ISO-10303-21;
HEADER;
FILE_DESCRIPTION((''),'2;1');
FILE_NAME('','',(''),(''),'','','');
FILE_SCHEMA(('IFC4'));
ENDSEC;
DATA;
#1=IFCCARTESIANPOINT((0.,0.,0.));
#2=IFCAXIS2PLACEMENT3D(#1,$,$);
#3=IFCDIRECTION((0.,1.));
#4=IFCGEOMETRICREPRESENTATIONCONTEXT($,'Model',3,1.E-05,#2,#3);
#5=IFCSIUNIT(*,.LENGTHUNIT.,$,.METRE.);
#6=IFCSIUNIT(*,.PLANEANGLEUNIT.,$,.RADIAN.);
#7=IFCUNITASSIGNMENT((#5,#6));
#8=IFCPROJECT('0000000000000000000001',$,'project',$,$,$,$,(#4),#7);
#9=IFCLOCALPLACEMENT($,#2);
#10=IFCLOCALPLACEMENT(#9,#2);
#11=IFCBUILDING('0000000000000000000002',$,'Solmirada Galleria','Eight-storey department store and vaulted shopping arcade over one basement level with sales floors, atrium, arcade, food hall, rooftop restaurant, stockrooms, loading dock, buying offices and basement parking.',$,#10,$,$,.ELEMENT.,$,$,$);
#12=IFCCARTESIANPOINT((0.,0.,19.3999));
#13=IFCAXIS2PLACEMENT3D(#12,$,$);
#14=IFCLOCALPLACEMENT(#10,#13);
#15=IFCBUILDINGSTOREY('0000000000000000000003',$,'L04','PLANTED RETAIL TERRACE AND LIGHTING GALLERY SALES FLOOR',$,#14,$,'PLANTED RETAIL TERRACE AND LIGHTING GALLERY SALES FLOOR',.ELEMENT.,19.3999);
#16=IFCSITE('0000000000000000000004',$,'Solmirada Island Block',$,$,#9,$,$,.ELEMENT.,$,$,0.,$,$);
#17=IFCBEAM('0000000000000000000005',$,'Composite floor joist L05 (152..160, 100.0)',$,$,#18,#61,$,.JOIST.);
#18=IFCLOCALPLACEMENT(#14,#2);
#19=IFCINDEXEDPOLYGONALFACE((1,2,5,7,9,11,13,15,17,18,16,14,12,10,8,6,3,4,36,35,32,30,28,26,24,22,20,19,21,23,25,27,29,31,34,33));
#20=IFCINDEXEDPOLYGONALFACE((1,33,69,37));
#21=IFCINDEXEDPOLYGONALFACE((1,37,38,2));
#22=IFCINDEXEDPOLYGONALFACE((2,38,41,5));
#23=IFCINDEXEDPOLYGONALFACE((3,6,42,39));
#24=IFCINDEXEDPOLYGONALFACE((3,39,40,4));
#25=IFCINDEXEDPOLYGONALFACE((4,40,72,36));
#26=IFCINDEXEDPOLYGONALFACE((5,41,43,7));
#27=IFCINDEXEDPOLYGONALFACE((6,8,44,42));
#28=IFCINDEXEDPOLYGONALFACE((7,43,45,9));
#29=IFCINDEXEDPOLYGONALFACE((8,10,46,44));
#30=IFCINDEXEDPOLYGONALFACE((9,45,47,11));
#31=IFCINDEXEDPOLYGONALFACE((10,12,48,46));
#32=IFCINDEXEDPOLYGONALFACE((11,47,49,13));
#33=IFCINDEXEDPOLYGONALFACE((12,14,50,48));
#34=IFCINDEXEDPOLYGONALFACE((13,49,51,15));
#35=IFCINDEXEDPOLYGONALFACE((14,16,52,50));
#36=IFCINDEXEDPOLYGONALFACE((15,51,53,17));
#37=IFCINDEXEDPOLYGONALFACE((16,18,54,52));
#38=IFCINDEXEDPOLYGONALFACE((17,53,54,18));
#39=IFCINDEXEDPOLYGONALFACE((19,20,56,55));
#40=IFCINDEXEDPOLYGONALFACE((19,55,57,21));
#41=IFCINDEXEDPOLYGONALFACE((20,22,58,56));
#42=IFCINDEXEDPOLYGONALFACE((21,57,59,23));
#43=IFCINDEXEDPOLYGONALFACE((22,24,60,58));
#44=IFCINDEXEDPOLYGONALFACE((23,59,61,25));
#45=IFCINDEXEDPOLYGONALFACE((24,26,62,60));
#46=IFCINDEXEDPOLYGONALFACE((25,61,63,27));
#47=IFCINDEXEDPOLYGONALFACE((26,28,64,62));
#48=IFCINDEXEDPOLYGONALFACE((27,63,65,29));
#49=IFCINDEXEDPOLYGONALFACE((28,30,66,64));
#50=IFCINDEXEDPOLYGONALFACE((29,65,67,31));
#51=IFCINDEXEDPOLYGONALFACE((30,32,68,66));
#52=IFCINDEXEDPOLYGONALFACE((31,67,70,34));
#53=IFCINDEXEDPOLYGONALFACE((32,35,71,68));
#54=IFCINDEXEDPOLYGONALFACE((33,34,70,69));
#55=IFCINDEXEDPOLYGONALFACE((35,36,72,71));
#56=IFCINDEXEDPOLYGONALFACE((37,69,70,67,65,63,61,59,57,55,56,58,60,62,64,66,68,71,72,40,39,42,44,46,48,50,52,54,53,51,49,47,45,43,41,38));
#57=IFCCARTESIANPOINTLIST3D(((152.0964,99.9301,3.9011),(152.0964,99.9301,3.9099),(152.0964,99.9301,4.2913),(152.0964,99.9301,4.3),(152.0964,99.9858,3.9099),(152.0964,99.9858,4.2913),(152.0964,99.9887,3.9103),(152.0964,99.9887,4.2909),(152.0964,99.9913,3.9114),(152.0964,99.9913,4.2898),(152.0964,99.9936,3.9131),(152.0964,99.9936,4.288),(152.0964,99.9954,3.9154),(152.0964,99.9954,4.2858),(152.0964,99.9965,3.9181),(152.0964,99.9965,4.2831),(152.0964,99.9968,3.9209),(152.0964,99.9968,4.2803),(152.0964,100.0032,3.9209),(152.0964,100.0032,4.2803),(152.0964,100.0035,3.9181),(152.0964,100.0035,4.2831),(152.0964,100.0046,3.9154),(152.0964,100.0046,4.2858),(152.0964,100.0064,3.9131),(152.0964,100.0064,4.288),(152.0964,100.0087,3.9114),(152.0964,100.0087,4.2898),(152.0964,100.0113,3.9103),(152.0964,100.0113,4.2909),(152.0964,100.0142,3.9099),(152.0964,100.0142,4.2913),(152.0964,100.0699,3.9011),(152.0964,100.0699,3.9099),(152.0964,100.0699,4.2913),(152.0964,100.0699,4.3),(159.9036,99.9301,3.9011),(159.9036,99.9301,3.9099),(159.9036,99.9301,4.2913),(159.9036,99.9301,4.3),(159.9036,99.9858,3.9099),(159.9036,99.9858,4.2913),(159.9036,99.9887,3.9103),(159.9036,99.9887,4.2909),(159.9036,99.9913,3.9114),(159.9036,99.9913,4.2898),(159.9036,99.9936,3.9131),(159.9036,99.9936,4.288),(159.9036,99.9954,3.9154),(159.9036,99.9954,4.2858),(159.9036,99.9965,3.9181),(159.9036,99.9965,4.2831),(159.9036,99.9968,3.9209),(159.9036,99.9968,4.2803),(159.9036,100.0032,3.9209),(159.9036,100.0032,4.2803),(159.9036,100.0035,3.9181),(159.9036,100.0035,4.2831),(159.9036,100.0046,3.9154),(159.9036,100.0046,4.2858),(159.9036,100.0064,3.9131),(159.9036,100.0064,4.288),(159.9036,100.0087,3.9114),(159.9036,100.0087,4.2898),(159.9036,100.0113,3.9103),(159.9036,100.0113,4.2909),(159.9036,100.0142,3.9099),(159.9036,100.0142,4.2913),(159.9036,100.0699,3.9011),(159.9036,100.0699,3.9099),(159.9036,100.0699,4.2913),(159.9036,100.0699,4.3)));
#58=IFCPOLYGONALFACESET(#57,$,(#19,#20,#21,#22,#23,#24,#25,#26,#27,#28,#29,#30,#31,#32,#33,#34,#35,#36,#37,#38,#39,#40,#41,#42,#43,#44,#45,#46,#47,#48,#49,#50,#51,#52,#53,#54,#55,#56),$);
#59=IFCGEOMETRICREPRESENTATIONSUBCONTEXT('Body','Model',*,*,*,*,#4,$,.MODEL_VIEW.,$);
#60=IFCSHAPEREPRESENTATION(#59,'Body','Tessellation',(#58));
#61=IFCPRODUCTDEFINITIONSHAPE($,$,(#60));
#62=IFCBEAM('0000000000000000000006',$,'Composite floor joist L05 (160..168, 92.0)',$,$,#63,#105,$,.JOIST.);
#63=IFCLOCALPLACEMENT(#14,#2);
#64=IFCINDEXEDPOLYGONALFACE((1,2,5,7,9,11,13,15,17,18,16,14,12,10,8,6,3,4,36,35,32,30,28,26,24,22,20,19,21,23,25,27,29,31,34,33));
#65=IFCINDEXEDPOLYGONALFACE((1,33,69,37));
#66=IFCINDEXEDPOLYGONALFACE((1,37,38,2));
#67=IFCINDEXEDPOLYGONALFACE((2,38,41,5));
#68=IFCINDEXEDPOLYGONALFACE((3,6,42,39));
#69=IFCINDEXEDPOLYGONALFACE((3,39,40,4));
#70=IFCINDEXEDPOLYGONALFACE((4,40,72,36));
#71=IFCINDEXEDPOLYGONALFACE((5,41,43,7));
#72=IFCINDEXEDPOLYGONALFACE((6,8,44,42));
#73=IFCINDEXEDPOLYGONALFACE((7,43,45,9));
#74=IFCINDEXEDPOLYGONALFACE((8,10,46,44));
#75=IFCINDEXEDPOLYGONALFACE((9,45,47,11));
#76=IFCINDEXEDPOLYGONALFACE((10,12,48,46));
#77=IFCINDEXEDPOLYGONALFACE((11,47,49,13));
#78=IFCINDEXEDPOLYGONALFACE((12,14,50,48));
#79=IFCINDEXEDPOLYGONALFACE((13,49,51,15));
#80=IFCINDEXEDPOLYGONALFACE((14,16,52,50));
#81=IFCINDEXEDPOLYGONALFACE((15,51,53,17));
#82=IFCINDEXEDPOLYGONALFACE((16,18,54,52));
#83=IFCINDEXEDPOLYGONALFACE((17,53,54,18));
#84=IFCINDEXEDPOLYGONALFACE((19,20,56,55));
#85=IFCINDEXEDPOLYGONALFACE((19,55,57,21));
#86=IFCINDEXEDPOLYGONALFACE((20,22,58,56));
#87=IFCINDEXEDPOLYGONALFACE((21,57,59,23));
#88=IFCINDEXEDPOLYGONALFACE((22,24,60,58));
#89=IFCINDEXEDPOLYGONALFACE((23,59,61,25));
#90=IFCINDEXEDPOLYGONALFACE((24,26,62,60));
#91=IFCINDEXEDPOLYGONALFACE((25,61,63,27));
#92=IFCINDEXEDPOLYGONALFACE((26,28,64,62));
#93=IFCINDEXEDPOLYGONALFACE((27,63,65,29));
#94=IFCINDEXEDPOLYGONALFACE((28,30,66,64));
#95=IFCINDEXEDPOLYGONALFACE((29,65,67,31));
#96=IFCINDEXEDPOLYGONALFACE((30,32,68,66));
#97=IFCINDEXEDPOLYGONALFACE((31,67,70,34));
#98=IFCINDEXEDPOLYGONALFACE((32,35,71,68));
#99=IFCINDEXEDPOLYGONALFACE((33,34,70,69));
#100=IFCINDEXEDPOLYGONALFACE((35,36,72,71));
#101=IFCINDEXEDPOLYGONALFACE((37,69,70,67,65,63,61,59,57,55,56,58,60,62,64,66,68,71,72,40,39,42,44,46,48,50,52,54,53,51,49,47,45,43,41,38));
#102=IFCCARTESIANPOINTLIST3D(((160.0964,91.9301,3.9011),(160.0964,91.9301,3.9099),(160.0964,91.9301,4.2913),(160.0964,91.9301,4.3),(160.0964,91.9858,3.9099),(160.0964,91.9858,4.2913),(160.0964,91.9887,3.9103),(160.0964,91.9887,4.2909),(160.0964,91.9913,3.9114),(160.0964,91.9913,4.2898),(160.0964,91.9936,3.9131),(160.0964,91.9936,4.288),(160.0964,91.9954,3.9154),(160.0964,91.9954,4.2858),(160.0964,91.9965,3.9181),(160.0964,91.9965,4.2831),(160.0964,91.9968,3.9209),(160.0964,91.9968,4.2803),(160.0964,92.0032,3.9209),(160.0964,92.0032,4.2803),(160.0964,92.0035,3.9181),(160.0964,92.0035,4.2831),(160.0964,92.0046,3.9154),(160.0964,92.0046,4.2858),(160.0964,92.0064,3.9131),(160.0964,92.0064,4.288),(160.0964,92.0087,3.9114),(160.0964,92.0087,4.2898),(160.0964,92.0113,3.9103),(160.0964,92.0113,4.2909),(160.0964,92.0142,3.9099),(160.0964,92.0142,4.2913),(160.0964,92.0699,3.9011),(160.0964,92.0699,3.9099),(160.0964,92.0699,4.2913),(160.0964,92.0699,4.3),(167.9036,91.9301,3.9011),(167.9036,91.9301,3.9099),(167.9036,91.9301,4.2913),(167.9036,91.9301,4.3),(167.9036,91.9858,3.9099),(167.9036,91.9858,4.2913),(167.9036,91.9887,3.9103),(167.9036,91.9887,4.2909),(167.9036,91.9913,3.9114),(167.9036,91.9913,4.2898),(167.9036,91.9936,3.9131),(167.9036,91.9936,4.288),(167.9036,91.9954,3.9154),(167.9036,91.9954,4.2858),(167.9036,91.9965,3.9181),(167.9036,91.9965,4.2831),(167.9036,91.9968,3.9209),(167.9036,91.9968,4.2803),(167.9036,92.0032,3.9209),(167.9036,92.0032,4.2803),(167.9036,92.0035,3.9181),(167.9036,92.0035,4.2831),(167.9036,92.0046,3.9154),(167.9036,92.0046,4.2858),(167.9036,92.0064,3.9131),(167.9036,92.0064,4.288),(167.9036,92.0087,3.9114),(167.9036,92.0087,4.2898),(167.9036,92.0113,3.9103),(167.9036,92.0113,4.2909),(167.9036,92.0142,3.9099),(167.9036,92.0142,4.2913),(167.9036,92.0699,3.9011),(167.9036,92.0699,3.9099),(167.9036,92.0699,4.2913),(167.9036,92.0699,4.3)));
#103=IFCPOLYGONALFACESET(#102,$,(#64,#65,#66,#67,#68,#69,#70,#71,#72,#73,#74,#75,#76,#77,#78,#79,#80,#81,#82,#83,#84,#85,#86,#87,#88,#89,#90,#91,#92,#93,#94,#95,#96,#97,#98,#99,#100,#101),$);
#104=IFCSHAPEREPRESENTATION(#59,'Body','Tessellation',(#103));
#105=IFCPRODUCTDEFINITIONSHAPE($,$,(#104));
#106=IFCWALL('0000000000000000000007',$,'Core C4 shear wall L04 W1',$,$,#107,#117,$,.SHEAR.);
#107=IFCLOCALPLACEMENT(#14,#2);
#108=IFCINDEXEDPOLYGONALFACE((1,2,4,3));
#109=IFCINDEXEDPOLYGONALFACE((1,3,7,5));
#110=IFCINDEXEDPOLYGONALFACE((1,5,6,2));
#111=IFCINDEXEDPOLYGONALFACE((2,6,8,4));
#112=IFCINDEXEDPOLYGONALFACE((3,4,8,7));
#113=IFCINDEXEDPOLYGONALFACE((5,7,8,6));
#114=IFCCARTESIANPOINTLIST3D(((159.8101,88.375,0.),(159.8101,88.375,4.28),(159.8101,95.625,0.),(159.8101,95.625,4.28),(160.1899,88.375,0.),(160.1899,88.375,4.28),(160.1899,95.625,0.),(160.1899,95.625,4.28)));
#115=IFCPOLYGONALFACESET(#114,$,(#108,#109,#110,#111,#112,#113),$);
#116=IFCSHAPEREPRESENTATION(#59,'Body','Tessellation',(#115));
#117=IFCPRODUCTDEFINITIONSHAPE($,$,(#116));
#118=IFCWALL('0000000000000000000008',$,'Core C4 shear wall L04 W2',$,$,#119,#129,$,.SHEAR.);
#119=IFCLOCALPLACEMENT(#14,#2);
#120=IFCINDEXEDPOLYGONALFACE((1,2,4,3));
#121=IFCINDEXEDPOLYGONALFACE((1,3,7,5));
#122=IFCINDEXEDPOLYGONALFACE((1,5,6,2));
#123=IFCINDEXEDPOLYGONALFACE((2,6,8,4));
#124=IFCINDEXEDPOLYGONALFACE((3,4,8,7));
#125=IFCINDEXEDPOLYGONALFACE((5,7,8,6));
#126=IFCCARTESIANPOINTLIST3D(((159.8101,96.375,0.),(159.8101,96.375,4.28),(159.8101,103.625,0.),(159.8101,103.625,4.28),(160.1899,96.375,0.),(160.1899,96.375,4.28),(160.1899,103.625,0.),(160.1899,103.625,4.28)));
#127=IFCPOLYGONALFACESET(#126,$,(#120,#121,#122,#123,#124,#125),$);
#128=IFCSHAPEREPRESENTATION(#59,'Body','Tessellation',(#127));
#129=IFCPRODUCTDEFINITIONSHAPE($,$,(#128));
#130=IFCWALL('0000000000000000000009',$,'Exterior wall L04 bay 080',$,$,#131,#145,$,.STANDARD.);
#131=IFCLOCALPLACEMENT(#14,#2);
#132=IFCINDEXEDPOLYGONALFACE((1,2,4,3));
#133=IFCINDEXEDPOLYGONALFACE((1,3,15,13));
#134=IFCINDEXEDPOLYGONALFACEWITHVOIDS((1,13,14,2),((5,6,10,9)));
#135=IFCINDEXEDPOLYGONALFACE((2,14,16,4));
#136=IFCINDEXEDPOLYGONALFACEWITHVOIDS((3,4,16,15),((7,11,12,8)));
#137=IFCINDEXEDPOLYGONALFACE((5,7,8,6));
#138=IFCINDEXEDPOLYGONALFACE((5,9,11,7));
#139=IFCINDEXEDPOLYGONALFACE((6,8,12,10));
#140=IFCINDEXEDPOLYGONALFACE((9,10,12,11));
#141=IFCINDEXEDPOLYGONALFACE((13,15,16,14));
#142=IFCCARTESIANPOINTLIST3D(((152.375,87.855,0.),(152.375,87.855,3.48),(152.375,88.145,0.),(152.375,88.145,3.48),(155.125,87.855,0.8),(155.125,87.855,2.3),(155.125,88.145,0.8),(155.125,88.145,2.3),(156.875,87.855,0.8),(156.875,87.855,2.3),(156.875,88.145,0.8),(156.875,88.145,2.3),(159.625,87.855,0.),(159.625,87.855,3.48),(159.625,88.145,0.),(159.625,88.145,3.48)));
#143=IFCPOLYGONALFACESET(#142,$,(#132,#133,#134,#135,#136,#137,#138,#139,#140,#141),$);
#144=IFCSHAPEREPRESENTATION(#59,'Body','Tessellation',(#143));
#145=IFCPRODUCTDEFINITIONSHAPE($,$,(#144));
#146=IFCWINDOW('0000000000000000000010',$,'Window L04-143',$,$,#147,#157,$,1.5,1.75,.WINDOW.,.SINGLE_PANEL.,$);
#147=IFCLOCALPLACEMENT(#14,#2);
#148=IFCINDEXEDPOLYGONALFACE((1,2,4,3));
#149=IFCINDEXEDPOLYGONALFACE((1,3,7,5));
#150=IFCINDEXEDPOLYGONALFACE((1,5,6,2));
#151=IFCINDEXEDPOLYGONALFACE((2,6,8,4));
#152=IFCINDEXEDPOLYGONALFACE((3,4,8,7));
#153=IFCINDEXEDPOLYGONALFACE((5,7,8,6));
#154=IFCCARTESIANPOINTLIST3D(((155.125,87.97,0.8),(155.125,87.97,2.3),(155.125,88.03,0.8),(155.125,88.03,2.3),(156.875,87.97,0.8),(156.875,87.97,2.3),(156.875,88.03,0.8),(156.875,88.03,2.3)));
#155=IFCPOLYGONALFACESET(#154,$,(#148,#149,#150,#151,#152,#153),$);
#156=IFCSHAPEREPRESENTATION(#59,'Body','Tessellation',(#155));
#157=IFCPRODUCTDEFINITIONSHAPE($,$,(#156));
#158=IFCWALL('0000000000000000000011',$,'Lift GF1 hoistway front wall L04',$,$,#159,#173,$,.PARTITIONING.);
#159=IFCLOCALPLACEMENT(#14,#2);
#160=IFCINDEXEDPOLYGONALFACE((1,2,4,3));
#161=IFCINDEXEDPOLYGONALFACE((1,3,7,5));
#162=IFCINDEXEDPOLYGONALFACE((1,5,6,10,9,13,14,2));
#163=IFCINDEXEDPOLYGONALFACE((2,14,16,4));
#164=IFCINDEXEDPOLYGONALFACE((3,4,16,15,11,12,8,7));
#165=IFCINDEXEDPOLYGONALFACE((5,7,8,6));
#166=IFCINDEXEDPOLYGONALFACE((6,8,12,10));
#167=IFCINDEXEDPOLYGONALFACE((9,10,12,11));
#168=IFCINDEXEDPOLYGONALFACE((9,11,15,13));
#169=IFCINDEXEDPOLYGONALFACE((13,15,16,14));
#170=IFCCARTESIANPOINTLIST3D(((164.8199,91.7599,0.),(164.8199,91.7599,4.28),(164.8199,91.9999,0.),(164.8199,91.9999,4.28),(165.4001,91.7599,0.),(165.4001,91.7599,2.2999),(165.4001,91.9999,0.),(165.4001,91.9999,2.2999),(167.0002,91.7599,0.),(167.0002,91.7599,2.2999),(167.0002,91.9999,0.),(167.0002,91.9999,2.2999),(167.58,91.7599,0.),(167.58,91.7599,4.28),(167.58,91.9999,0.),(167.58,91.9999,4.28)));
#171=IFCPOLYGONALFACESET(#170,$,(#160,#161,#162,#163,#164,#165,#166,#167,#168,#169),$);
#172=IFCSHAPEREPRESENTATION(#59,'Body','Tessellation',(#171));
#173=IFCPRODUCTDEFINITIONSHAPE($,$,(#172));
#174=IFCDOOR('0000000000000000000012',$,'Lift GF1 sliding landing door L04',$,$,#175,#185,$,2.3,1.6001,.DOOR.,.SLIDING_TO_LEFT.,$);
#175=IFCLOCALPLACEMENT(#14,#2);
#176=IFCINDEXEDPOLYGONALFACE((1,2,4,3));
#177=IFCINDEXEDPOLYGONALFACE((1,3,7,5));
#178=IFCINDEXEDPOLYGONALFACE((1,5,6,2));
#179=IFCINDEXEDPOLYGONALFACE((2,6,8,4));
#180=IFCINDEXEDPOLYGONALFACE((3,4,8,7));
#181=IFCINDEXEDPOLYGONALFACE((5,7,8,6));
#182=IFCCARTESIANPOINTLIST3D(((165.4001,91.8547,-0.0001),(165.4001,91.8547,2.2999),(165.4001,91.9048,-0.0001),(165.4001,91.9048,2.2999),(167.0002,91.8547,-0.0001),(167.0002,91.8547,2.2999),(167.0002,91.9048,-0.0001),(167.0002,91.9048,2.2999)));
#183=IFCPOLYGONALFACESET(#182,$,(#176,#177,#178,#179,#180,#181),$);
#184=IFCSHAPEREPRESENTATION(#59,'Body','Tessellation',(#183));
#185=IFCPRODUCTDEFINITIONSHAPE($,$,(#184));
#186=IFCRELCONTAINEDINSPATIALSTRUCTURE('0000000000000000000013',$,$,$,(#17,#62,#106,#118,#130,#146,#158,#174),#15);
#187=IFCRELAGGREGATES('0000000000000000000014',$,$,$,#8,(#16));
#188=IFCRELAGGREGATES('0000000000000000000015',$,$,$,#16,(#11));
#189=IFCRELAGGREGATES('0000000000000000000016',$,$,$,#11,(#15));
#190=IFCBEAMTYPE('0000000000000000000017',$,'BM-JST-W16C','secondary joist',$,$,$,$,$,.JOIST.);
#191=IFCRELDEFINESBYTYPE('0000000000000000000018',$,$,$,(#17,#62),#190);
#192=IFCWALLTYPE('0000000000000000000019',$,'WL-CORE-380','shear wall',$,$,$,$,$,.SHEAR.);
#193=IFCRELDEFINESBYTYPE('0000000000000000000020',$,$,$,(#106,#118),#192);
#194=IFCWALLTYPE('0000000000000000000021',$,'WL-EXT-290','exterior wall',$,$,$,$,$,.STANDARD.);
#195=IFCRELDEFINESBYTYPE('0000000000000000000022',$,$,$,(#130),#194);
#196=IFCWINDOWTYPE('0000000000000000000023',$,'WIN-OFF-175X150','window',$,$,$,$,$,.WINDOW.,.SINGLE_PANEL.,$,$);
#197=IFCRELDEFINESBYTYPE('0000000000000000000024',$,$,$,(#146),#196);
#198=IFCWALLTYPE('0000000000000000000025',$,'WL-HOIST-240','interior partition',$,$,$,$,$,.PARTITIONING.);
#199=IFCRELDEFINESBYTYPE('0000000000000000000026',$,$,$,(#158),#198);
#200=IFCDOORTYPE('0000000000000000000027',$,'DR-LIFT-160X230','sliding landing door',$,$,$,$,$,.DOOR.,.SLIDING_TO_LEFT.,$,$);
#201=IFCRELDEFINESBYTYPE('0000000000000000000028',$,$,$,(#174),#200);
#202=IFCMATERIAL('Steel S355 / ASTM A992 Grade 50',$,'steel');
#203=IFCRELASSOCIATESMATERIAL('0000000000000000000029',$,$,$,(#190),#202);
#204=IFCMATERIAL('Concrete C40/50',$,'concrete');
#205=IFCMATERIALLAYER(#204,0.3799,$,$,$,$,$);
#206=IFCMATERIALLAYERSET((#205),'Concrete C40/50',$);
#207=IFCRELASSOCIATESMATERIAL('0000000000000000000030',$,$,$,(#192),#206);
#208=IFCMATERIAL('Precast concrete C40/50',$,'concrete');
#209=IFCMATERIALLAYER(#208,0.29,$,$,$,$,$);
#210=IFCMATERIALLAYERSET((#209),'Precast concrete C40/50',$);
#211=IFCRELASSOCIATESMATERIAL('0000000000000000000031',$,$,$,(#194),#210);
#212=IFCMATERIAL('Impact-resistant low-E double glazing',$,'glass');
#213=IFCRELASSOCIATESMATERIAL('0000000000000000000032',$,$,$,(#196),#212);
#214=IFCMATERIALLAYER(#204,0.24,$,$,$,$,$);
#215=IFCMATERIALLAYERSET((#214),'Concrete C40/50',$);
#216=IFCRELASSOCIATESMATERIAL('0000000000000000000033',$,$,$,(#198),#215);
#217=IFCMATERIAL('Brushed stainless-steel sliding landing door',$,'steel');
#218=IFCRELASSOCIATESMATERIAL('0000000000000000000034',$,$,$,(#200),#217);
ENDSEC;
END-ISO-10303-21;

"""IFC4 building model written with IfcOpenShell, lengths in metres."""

from ifc_helpers import new_model, si_unit, direction, frame, frame_2d, origin, origin_2d, place, context, subcontext, project, spatial, rectangle, i_section, extrude, material, layer, layer_set, material_profile, profile_set, type_object, element, fill, save


model = new_model("IFC4")

# Units and contexts
model_context = context("Model", 3, precision=1e-05, world=origin(), true_north=direction((0.0, 1.0)))
body_context = subcontext(model_context, "Body", "Model", "MODEL_VIEW")
ifc_project = project(units=[si_unit("LENGTHUNIT", "METRE"), si_unit("PLANEANGLEUNIT", "RADIAN")], contexts=[model_context])

# Site, building, storey
site_placement = place(None, origin())
site = spatial("IfcSite", under=ifc_project, at=site_placement, Name="Solmirada Island Block", CompositionType="ELEMENT", RefElevation=0.0)
building_placement = place(site_placement, origin())
building = spatial("IfcBuilding", under=site, at=building_placement, Name="Solmirada Galleria", Description="Eight-storey department store and vaulted shopping arcade over one basement level with sales floors, atrium, arcade, food hall, rooftop restaurant, stockrooms, loading dock, buying offices and basement parking.", CompositionType="ELEMENT")
storey_placement = place(building_placement, frame((0.0, 0.0, 19.3999)))
storey = spatial("IfcBuildingStorey", under=building, at=storey_placement, Name="L04", Description="PLANTED RETAIL TERRACE AND LIGHTING GALLERY SALES FLOOR", LongName="PLANTED RETAIL TERRACE AND LIGHTING GALLERY SALES FLOOR", CompositionType="ELEMENT", Elevation=19.3999)

# Shared definitions
ifc_material_1 = material(Name="Concrete C40/50", Category="concrete")

# Beams
ifc_material_2 = material(Name="Steel S355 / ASTM A992 Grade 50", Category="steel")
ifc_material_profile_1 = material_profile(ifc_material_2, i_section(OverallWidth=0.1399, OverallDepth=0.3989, WebThickness=0.0063, FlangeThickness=0.0088, FilletRadius=0.011, at=origin_2d()), Name="W16X26")
ifc_profile_set_1 = profile_set([ifc_material_profile_1], Name="Steel S355 / ASTM A992 Grade 50")
beam_type_1 = type_object("IfcBeamType", Name="BM-JST-W16C", Description="secondary joist", PredefinedType="JOIST", material=ifc_profile_set_1)
for number, where, z_axis, x_axis, name in (
    (1, (152.0964, 100.0, 4.1006), (1.0, 0.0, 0.0), (0.0, 1.0, 0.0), "Composite floor joist L05 (152..160, 100.0)"),
    (2, (160.0964, 92.0, 4.1006), (1.0, 0.0, 0.0), (0.0, 1.0, 0.0), "Composite floor joist L05 (160..168, 92.0)"),
):
    element("IfcBeam", number, at=place(storey_placement, frame(where, z_axis=z_axis, x_axis=x_axis)), inside=storey, type_object=beam_type_1, Name=name, PredefinedType="JOIST", context=body_context, shape_type="SweptSolid", body=[
        extrude(i_section(OverallWidth=0.1399, OverallDepth=0.3989, WebThickness=0.0063, FlangeThickness=0.0088, FilletRadius=0.011, at=origin_2d()), origin(), (0.0, 0.0, 1.0), 7.8071),
    ])

# Walls
ifc_layer_1 = layer(ifc_material_1, 0.3799)
ifc_layer_set_1 = layer_set([ifc_layer_1], Name="Concrete C40/50")
wall_type_1 = type_object("IfcWallType", Name="WL-CORE-380", Description="shear wall", PredefinedType="SHEAR", material=ifc_layer_set_1)
for number, where, z_axis, x_axis, name in (
    (3, (160.0, 88.375, 0.0), (0.0, 0.0, 1.0), (0.0, 1.0, 0.0), "Core C4 shear wall L04 W1"),
    (4, (160.0, 96.375, 0.0), (0.0, 0.0, 1.0), (0.0, 1.0, 0.0), "Core C4 shear wall L04 W2"),
):
    element("IfcWall", number, at=place(storey_placement, frame(where, z_axis=z_axis, x_axis=x_axis)), inside=storey, type_object=wall_type_1, Name=name, PredefinedType="SHEAR", context=body_context, shape_type="SweptSolid", body=[
        extrude(rectangle(XDim=7.25, YDim=0.3799, at=frame_2d((3.625, 0.0))), origin(), (0.0, 0.0, 1.0), 4.28),
    ])

# Wall, opening, window
ifc_material_3 = material(Name="Precast concrete C40/50", Category="concrete")
ifc_layer_2 = layer(ifc_material_3, 0.29)
ifc_layer_set_2 = layer_set([ifc_layer_2], Name="Precast concrete C40/50")
wall_type_2 = type_object("IfcWallType", Name="WL-EXT-290", Description="exterior wall", PredefinedType="STANDARD", material=ifc_layer_set_2)
wall_1_placement = place(storey_placement, frame((159.625, 88.0, 0.0), z_axis=(0.0, 0.0, 1.0), x_axis=(-1.0, 0.0, 0.0)))
wall_1 = element("IfcWall", 5, at=wall_1_placement, inside=storey, type_object=wall_type_2, Name="Exterior wall L04 bay 080", PredefinedType="STANDARD", context=body_context, shape_type="SweptSolid", body=[
    extrude(rectangle(XDim=7.25, YDim=0.29, at=frame_2d((3.625, 0.0))), origin(), (0.0, 0.0, 1.0), 3.48),
])
opening_1_placement = place(wall_1_placement, frame((2.75, 0.0, 0.8)))
opening_1 = element("IfcOpeningElement", 6, at=opening_1_placement, cuts=wall_1, PredefinedType="OPENING", context=body_context, shape_type="SweptSolid", body=[
    extrude(rectangle(XDim=1.75, YDim=1.5, at=frame_2d((0.875, 0.75))), frame((0.0, 0.155, 0.0), z_axis=(0.0, -1.0, 0.0), x_axis=(1.0, 0.0, 0.0)), (0.0, 0.0, 1.0), 0.3101),
])
ifc_material_4 = material(Name="Impact-resistant low-E double glazing", Category="glass")
window_type = type_object("IfcWindowType", Name="WIN-OFF-175X150", Description="window", PartitioningType="SINGLE_PANEL", PredefinedType="WINDOW", material=ifc_material_4)
window_placement = place(opening_1_placement, origin())
window = element("IfcWindow", 7, at=window_placement, inside=storey, type_object=window_type, Name="Window L04-143", OverallHeight=1.5, OverallWidth=1.75, PartitioningType="SINGLE_PANEL", PredefinedType="WINDOW", context=body_context, shape_type="SweptSolid", body=[
    extrude(rectangle(XDim=1.75, YDim=1.5, at=frame_2d((0.875, 0.75))), frame((0.0, 0.03, 0.0), z_axis=(0.0, -1.0, 0.0), x_axis=(1.0, 0.0, 0.0)), (0.0, 0.0, 1.0), 0.0601),
])
fill(opening_1, window)

# Wall, opening, door
ifc_layer_3 = layer(ifc_material_1, 0.24)
ifc_layer_set_3 = layer_set([ifc_layer_3], Name="Concrete C40/50")
wall_type_3 = type_object("IfcWallType", Name="WL-HOIST-240", Description="interior partition", PredefinedType="PARTITIONING", material=ifc_layer_set_3)
wall_2_placement = place(storey_placement, frame((164.8201, 91.8799, 0.0), z_axis=(0.0, 0.0, 1.0), x_axis=(1.0, 0.0, 0.0)))
wall_2 = element("IfcWall", 8, at=wall_2_placement, inside=storey, type_object=wall_type_3, Name="Lift GF1 hoistway front wall L04", PredefinedType="PARTITIONING", context=body_context, shape_type="SweptSolid", body=[
    extrude(rectangle(XDim=2.76, YDim=0.24, at=frame_2d((1.3799, 0.0))), origin(), (0.0, 0.0, 1.0), 4.28),
])
opening_2_placement = place(wall_2_placement, frame((0.5801, 0.0, 0.0)))
opening_2 = element("IfcOpeningElement", 9, at=opening_2_placement, cuts=wall_2, PredefinedType="OPENING", context=body_context, shape_type="SweptSolid", body=[
    extrude(rectangle(XDim=1.6001, YDim=2.3, at=frame_2d((0.8, 1.1499))), frame((0.0, 0.1299, 0.0), z_axis=(0.0, -1.0, 0.0), x_axis=(1.0, 0.0, 0.0)), (0.0, 0.0, 1.0), 0.26),
])
ifc_material_5 = material(Name="Brushed stainless-steel sliding landing door", Category="steel")
door_type_1 = type_object("IfcDoorType", Name="DR-LIFT-160X230", Description="sliding landing door", OperationType="SLIDING_TO_LEFT", PredefinedType="DOOR", material=ifc_material_5)
door_1_placement = place(opening_2_placement, origin())
door_1 = element("IfcDoor", 10, at=door_1_placement, inside=storey, type_object=door_type_1, Name="Lift GF1 sliding landing door L04", OperationType="SLIDING_TO_LEFT", OverallHeight=2.3, OverallWidth=1.6001, PredefinedType="DOOR", context=body_context, shape_type="SweptSolid", body=[
    extrude(rectangle(XDim=1.6001, YDim=2.3, at=frame_2d((0.8, 1.1499))), frame((0.0, 0.0249, 0.0), z_axis=(0.0, -1.0, 0.0), x_axis=(1.0, 0.0, 0.0)), (0.0, 0.0, 1.0), 0.05),
])
fill(opening_2, door_1)

save(model, "model.ifc")
